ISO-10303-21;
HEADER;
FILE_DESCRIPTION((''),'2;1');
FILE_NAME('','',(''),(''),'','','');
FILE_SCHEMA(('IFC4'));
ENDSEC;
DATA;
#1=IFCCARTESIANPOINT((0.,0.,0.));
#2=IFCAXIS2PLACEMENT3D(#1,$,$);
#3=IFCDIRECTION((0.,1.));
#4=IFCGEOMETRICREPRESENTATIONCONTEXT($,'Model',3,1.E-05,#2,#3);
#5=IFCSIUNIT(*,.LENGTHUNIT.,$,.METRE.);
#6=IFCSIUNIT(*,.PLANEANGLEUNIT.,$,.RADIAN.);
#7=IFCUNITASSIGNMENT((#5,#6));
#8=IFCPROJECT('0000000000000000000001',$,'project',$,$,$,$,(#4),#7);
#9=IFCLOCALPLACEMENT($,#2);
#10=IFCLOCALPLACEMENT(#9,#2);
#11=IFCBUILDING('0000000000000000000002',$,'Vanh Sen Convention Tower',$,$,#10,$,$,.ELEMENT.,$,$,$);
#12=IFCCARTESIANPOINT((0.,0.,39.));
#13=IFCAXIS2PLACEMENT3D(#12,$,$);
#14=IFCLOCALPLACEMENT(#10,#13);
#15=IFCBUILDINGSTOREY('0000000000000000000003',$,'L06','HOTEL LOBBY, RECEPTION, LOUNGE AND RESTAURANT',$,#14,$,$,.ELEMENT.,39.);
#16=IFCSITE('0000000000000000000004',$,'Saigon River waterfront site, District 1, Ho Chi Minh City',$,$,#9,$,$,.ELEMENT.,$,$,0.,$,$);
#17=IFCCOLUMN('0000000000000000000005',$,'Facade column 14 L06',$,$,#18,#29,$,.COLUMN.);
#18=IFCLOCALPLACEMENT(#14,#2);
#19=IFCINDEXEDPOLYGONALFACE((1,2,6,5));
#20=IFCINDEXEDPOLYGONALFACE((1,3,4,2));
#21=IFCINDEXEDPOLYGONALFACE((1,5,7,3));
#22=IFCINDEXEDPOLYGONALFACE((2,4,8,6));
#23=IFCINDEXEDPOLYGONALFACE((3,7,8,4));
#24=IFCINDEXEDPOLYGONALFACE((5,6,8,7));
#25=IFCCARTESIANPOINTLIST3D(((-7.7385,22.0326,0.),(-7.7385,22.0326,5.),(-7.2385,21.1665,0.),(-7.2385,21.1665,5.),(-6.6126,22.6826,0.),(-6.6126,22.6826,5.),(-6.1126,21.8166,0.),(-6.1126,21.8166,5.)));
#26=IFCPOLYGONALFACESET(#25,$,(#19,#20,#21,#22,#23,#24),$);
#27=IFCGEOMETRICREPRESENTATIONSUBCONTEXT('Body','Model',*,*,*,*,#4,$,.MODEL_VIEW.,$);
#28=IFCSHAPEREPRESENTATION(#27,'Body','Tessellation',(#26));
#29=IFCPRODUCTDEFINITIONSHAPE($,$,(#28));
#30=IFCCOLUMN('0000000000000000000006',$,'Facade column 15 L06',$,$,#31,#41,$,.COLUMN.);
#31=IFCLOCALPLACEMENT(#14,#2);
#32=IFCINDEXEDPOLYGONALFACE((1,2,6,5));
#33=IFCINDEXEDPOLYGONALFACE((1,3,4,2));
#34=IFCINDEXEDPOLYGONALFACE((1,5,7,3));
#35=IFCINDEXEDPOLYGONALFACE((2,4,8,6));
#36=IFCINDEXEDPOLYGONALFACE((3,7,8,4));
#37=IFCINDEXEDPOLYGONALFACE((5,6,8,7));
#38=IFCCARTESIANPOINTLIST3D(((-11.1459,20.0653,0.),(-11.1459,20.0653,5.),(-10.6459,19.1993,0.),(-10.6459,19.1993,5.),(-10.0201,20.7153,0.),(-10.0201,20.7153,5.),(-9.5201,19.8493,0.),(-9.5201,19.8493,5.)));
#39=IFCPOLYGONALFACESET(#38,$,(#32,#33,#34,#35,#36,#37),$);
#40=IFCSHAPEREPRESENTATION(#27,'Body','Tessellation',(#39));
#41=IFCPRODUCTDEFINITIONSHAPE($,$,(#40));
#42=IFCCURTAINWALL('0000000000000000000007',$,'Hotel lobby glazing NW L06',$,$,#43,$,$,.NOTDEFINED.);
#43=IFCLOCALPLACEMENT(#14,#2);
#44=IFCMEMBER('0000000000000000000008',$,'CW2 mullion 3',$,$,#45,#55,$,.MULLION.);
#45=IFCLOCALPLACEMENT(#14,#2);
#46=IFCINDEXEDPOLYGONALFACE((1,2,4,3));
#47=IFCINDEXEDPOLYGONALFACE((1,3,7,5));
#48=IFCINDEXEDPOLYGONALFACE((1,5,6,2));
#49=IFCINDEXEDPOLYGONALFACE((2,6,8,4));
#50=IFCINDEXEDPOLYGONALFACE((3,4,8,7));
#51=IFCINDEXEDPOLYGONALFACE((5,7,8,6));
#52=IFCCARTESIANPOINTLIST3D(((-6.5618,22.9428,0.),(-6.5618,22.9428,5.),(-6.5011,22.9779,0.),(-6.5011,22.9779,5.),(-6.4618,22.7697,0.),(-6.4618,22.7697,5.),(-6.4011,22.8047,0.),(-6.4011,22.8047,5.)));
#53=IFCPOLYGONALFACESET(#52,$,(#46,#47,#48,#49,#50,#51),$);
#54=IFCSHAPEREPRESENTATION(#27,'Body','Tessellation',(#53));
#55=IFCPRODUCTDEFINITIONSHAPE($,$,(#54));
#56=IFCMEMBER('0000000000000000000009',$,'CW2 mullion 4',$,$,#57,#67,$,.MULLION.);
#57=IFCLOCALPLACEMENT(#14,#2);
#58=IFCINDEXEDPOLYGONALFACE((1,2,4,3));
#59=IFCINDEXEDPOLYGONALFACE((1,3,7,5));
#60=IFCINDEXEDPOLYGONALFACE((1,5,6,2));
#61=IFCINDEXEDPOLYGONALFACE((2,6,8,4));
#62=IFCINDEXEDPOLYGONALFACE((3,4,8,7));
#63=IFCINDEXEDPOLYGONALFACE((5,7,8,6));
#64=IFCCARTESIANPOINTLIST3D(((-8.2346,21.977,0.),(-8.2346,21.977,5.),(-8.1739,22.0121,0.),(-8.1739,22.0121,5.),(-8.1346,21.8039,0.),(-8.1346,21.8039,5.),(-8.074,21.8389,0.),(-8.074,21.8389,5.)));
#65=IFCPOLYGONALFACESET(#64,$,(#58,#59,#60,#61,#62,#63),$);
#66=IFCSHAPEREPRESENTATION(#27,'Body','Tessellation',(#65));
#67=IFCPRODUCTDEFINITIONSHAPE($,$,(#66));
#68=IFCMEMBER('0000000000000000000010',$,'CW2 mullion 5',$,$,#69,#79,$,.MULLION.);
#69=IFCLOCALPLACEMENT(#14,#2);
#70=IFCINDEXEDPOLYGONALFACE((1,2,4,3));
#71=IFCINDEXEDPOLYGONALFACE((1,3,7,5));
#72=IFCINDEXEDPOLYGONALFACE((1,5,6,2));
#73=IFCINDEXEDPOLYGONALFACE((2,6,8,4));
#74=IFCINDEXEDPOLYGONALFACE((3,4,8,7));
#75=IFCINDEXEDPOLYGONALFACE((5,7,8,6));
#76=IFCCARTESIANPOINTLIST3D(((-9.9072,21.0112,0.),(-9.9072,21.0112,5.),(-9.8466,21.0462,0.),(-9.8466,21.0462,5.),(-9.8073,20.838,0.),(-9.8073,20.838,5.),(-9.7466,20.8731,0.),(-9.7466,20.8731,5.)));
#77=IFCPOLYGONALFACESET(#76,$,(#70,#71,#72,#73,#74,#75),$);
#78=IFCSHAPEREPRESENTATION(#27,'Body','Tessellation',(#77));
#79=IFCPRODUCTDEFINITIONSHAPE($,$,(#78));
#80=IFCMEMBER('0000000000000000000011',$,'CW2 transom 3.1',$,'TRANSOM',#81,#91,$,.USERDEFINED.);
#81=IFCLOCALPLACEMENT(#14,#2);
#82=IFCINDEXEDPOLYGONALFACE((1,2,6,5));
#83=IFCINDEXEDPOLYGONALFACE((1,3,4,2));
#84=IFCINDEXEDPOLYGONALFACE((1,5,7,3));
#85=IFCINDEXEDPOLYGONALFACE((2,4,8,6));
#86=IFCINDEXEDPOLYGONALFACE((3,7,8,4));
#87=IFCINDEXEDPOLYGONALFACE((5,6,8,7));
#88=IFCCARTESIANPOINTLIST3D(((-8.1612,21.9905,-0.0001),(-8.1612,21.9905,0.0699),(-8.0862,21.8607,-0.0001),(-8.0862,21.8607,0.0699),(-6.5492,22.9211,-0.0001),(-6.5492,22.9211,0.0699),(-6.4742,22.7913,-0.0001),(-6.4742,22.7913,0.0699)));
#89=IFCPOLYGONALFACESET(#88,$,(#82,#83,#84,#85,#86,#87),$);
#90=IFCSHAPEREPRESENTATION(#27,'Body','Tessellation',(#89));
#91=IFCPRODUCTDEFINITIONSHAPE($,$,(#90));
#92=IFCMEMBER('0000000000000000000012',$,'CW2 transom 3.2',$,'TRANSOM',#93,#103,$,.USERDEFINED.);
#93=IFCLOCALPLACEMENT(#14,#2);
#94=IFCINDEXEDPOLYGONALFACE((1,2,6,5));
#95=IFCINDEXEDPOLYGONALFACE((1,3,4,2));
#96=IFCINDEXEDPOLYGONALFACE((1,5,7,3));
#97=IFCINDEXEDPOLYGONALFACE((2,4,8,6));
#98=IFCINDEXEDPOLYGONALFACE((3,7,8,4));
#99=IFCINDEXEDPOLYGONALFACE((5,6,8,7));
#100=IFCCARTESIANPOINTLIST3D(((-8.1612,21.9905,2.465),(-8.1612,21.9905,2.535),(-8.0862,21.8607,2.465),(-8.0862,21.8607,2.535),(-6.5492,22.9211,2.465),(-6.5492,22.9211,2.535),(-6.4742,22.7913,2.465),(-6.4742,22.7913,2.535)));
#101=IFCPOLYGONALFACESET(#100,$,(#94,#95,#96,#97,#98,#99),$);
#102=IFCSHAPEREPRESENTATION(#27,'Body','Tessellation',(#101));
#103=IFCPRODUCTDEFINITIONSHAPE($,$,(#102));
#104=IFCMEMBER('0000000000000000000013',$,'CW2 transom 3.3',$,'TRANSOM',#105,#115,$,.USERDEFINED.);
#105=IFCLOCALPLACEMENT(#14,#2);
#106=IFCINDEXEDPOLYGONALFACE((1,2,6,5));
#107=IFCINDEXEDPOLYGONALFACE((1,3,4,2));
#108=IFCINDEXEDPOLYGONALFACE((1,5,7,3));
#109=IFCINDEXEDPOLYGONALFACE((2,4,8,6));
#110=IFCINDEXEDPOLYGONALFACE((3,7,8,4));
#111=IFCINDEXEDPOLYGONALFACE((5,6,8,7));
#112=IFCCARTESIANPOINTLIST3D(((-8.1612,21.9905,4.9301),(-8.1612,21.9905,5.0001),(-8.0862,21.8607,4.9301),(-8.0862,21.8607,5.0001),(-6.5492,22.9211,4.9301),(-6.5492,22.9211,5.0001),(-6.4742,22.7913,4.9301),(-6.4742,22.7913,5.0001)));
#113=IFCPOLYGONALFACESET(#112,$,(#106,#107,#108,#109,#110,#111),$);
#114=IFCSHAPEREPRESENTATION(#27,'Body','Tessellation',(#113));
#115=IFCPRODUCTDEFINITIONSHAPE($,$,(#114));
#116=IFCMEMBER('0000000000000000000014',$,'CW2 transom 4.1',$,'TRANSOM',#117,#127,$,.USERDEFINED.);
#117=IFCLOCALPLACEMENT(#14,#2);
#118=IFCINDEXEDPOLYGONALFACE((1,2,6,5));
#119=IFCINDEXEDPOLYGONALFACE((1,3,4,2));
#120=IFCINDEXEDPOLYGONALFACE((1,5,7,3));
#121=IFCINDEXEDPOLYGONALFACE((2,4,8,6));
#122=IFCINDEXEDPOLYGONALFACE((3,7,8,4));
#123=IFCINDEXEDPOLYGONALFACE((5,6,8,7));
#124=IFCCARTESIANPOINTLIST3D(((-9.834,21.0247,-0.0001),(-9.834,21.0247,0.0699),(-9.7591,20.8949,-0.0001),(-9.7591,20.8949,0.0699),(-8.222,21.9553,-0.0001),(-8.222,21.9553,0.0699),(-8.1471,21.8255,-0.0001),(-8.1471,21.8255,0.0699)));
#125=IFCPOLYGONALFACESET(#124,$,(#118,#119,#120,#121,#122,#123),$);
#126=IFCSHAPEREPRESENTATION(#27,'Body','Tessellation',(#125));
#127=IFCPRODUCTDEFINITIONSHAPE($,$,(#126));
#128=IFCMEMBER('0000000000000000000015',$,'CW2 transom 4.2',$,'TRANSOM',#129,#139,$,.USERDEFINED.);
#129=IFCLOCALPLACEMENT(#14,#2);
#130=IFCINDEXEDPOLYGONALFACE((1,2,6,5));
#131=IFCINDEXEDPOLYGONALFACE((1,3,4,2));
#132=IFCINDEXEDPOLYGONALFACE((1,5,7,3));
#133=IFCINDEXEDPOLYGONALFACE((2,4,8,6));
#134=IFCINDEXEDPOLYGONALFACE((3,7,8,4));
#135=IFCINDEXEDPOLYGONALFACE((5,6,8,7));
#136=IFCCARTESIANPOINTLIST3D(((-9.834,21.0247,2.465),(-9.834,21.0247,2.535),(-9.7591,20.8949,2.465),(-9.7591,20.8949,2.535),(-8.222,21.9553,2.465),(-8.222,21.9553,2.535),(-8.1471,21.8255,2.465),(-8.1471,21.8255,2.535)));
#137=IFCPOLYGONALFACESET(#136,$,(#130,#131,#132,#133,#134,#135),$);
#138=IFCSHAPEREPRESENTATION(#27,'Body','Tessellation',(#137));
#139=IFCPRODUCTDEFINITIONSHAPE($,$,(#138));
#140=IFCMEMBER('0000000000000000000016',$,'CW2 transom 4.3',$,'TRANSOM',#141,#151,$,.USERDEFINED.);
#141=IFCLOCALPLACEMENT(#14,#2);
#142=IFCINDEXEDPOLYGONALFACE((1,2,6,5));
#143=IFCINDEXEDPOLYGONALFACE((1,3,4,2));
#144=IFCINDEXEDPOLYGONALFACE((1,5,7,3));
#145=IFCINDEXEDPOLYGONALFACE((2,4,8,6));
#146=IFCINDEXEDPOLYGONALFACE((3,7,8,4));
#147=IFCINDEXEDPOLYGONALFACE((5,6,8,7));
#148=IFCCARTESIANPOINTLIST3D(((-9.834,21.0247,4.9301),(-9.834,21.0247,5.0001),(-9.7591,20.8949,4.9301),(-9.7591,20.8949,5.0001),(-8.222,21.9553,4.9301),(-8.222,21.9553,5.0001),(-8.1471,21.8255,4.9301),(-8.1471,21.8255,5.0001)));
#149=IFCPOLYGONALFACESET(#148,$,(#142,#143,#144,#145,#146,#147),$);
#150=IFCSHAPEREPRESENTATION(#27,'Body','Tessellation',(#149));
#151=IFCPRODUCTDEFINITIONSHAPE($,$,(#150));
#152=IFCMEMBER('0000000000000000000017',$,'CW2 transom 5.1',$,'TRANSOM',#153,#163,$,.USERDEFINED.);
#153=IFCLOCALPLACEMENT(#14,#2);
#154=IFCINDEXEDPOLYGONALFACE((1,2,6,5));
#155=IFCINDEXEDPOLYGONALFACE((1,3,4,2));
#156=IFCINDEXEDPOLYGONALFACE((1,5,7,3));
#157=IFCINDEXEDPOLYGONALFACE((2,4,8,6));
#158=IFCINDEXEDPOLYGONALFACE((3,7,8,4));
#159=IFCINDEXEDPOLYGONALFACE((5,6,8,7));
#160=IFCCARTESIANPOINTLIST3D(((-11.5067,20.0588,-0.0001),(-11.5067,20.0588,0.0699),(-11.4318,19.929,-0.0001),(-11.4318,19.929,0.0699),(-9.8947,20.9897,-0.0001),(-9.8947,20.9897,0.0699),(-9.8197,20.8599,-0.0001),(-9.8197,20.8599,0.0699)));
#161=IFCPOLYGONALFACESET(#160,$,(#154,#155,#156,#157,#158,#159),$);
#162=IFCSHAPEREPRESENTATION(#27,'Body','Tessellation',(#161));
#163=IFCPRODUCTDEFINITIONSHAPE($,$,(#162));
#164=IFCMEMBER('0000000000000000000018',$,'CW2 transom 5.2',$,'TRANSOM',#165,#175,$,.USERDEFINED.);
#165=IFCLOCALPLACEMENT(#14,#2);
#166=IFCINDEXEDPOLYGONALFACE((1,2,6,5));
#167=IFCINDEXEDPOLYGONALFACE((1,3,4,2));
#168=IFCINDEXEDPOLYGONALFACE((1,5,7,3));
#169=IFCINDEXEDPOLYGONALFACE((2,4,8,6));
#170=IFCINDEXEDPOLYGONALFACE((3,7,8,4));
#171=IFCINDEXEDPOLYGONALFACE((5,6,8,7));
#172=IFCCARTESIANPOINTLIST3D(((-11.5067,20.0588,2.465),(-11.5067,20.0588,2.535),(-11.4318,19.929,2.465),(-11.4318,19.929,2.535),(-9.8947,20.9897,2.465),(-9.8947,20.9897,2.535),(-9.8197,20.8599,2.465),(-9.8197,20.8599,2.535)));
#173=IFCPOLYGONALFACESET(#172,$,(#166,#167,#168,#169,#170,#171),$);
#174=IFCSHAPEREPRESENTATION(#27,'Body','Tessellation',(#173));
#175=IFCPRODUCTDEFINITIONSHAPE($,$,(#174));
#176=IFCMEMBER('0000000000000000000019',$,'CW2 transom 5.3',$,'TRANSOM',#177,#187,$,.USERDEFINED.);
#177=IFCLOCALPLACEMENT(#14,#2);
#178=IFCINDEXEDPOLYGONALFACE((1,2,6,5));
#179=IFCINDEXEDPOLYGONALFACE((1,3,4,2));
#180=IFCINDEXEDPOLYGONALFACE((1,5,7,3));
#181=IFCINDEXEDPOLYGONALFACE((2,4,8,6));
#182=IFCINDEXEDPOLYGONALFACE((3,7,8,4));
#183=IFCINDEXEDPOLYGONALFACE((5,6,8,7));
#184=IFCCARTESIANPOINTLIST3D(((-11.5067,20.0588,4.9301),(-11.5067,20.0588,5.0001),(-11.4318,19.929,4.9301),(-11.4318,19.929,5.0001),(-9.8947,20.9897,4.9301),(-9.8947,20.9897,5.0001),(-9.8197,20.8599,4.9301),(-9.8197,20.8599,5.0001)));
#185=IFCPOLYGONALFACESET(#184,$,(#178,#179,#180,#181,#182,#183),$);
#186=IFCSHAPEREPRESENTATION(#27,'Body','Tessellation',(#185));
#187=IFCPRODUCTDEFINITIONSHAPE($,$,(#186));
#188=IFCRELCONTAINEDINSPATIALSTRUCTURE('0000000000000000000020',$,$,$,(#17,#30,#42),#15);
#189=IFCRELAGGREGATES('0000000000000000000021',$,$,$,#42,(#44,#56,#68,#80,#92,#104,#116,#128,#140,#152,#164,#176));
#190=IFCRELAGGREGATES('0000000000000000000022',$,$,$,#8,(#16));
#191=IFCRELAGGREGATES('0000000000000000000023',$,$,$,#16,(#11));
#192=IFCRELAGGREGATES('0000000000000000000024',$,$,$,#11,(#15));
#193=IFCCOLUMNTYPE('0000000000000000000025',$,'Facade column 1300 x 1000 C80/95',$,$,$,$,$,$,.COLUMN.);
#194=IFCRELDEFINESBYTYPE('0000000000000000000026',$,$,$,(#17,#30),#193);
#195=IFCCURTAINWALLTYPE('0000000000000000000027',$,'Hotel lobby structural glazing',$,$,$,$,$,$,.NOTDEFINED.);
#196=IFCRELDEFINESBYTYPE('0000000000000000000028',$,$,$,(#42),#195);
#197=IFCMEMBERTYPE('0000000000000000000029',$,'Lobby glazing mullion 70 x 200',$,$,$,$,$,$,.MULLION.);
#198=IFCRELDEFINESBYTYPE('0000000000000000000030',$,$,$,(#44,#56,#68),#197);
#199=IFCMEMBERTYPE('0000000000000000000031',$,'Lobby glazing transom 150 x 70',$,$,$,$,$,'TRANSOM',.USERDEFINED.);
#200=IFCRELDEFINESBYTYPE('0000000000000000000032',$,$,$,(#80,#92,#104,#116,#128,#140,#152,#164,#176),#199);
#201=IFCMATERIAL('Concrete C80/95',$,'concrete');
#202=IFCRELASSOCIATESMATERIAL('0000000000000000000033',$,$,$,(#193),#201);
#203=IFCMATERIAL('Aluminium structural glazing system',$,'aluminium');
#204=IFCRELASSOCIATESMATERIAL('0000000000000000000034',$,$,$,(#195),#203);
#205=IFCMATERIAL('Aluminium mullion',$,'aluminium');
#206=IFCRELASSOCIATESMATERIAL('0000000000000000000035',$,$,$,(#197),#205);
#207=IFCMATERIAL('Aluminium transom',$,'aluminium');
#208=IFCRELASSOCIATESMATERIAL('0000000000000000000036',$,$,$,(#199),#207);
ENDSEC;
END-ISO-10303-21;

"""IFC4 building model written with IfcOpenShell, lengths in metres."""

from ifc_helpers import new_model, si_unit, direction, frame, origin, origin_2d, place, context, subcontext, project, spatial, rectangle, extrude, material, material_profile, profile_set, type_object, element, aggregate, save


model = new_model("IFC4")

# Units and contexts
model_context = context("Model", 3, precision=1e-05, world=origin(), true_north=direction((0.0, 1.0)))
body_context = subcontext(model_context, "Body", "Model", "MODEL_VIEW")
ifc_project = project(units=[si_unit("LENGTHUNIT", "METRE"), si_unit("PLANEANGLEUNIT", "RADIAN")], contexts=[model_context])

# Site, building, storey
site_placement = place(None, origin())
site = spatial("IfcSite", under=ifc_project, at=site_placement, Name="Saigon River waterfront site, District 1, Ho Chi Minh City", CompositionType="ELEMENT", RefElevation=0.0)
building_placement = place(site_placement, origin())
building = spatial("IfcBuilding", under=site, at=building_placement, Name="Vanh Sen Convention Tower", CompositionType="ELEMENT")
storey_placement = place(building_placement, frame((0.0, 0.0, 39.0)))
storey = spatial("IfcBuildingStorey", under=building, at=storey_placement, Name="L06", Description="HOTEL LOBBY, RECEPTION, LOUNGE AND RESTAURANT", CompositionType="ELEMENT", Elevation=39.0)

# Columns
ifc_material_1 = material(Name="Concrete C80/95", Category="concrete")
ifc_material_profile_1 = material_profile(ifc_material_1, rectangle(XDim=1.3, YDim=1.0, at=origin_2d()), Name="RC 1300X1000")
ifc_profile_set_1 = profile_set([ifc_material_profile_1], Name="Concrete C80/95")
column_type = type_object("IfcColumnType", Name="Facade column 1300 x 1000 C80/95", PredefinedType="COLUMN", material=ifc_profile_set_1)
for number, where, z_axis, x_axis, name in (
    (1, (-6.9255, 21.9246, 0.0), (0.0, 0.0, 1.0), (-0.866025, -0.5, 0.0), "Facade column 14 L06"),
    (2, (-10.333, 19.9573, 0.0), (0.0, 0.0, 1.0), (-0.866025, -0.5, 0.0), "Facade column 15 L06"),
):
    element("IfcColumn", number, at=place(storey_placement, frame(where, z_axis=z_axis, x_axis=x_axis)), inside=storey, type_object=column_type, Name=name, PredefinedType="COLUMN", context=body_context, shape_type="SweptSolid", body=[
        extrude(rectangle(XDim=1.3, YDim=1.0, at=origin_2d()), origin(), (0.0, 0.0, 1.0), 5.0),
    ])

# Curtain wall, members
ifc_material_2 = material(Name="Aluminium structural glazing system", Category="aluminium")
curtain_wall_type_1 = type_object("IfcCurtainWallType", Name="Hotel lobby structural glazing", PredefinedType="NOTDEFINED", material=ifc_material_2)
curtain_wall_1_placement = place(storey_placement, origin())
curtain_wall_1 = element("IfcCurtainWall", 3, at=curtain_wall_1_placement, inside=storey, type_object=curtain_wall_type_1, Name="Hotel lobby glazing NW L06", PredefinedType="NOTDEFINED")
ifc_material_3 = material(Name="Aluminium mullion", Category="aluminium")
ifc_material_profile_2 = material_profile(ifc_material_3, rectangle(XDim=0.2, YDim=0.0701, at=origin_2d()), Name="Lobby glazing mullion 70 x 200")
ifc_profile_set_2 = profile_set([ifc_material_profile_2], Name="Aluminium mullion")
member_type_1 = type_object("IfcMemberType", Name="Lobby glazing mullion 70 x 200", PredefinedType="MULLION", material=ifc_profile_set_2)
member_1_placement = place(storey_placement, frame((-6.4814, 22.8738, 0.0), z_axis=(0.0, 0.0, 1.0), x_axis=(0.500001, -0.866025, 0.0)))
member_1 = element("IfcMember", 4, at=member_1_placement, type_object=member_type_1, Name="CW2 mullion 3", PredefinedType="MULLION", context=body_context, shape_type="SweptSolid", body=[
    extrude(rectangle(XDim=0.2, YDim=0.0701, at=origin_2d()), origin(), (0.0, 0.0, 1.0), 5.0),
])
member_2_placement = place(storey_placement, frame((-8.1543, 21.908, 0.0), z_axis=(0.0, 0.0, 1.0), x_axis=(0.500001, -0.866025, 0.0)))
member_2 = element("IfcMember", 5, at=member_2_placement, type_object=member_type_1, Name="CW2 mullion 4", PredefinedType="MULLION", context=body_context, shape_type="SweptSolid", body=[
    extrude(rectangle(XDim=0.2, YDim=0.0701, at=origin_2d()), origin(), (0.0, 0.0, 1.0), 5.0),
])
member_3_placement = place(storey_placement, frame((-9.8269, 20.9421, 0.0), z_axis=(0.0, 0.0, 1.0), x_axis=(0.500001, -0.866025, 0.0)))
member_3 = element("IfcMember", 6, at=member_3_placement, type_object=member_type_1, Name="CW2 mullion 5", PredefinedType="MULLION", context=body_context, shape_type="SweptSolid", body=[
    extrude(rectangle(XDim=0.2, YDim=0.0701, at=origin_2d()), origin(), (0.0, 0.0, 1.0), 5.0),
])
ifc_material_4 = material(Name="Aluminium transom", Category="aluminium")
ifc_material_profile_3 = material_profile(ifc_material_4, rectangle(XDim=0.1499, YDim=0.0701, at=origin_2d()), Name="Lobby glazing transom 150 x 70")
ifc_profile_set_3 = profile_set([ifc_material_profile_3], Name="Aluminium transom")
member_type_2 = type_object("IfcMemberType", Name="Lobby glazing transom 150 x 70", ElementType="TRANSOM", PredefinedType="USERDEFINED", material=ifc_profile_set_3)
member_4_placement = place(storey_placement, frame((-6.5117, 22.8562, 0.0349), z_axis=(-0.866039, -0.499976, 0.0), x_axis=(0.499976, -0.866039, 0.0)))
member_4 = element("IfcMember", 7, at=member_4_placement, type_object=member_type_2, Name="CW2 transom 3.1", ObjectType="TRANSOM", PredefinedType="USERDEFINED", context=body_context, shape_type="SweptSolid", body=[
    extrude(rectangle(XDim=0.1499, YDim=0.0701, at=origin_2d()), origin(), (0.0, 0.0, 1.0), 1.8613),
])
member_5_placement = place(storey_placement, frame((-6.5117, 22.8562, 2.5), z_axis=(-0.866039, -0.499976, 0.0), x_axis=(0.499976, -0.866039, 0.0)))
member_5 = element("IfcMember", 8, at=member_5_placement, type_object=member_type_2, Name="CW2 transom 3.2", ObjectType="TRANSOM", PredefinedType="USERDEFINED", context=body_context, shape_type="SweptSolid", body=[
    extrude(rectangle(XDim=0.1499, YDim=0.0701, at=origin_2d()), origin(), (0.0, 0.0, 1.0), 1.8613),
])
member_6_placement = place(storey_placement, frame((-6.5117, 22.8562, 4.9651), z_axis=(-0.866039, -0.499976, 0.0), x_axis=(0.499976, -0.866039, 0.0)))
member_6 = element("IfcMember", 9, at=member_6_placement, type_object=member_type_2, Name="CW2 transom 3.3", ObjectType="TRANSOM", PredefinedType="USERDEFINED", context=body_context, shape_type="SweptSolid", body=[
    extrude(rectangle(XDim=0.1499, YDim=0.0701, at=origin_2d()), origin(), (0.0, 0.0, 1.0), 1.8613),
])
member_7_placement = place(storey_placement, frame((-8.1846, 21.8904, 0.0349), z_axis=(-0.866039, -0.499976, 0.0), x_axis=(0.499976, -0.866039, 0.0)))
member_7 = element("IfcMember", 10, at=member_7_placement, type_object=member_type_2, Name="CW2 transom 4.1", ObjectType="TRANSOM", PredefinedType="USERDEFINED", context=body_context, shape_type="SweptSolid", body=[
    extrude(rectangle(XDim=0.1499, YDim=0.0701, at=origin_2d()), origin(), (0.0, 0.0, 1.0), 1.8613),
])
member_8_placement = place(storey_placement, frame((-8.1846, 21.8904, 2.5), z_axis=(-0.866039, -0.499976, 0.0), x_axis=(0.499976, -0.866039, 0.0)))
member_8 = element("IfcMember", 11, at=member_8_placement, type_object=member_type_2, Name="CW2 transom 4.2", ObjectType="TRANSOM", PredefinedType="USERDEFINED", context=body_context, shape_type="SweptSolid", body=[
    extrude(rectangle(XDim=0.1499, YDim=0.0701, at=origin_2d()), origin(), (0.0, 0.0, 1.0), 1.8613),
])
member_9_placement = place(storey_placement, frame((-8.1846, 21.8904, 4.9651), z_axis=(-0.866039, -0.499976, 0.0), x_axis=(0.499976, -0.866039, 0.0)))
member_9 = element("IfcMember", 12, at=member_9_placement, type_object=member_type_2, Name="CW2 transom 4.3", ObjectType="TRANSOM", PredefinedType="USERDEFINED", context=body_context, shape_type="SweptSolid", body=[
    extrude(rectangle(XDim=0.1499, YDim=0.0701, at=origin_2d()), origin(), (0.0, 0.0, 1.0), 1.8613),
])
member_10_placement = place(storey_placement, frame((-9.8572, 20.9248, 0.0349), z_axis=(-0.865982, -0.500074, 0.0), x_axis=(0.500074, -0.865982, 0.0)))
member_10 = element("IfcMember", 13, at=member_10_placement, type_object=member_type_2, Name="CW2 transom 5.1", ObjectType="TRANSOM", PredefinedType="USERDEFINED", context=body_context, shape_type="SweptSolid", body=[
    extrude(rectangle(XDim=0.1499, YDim=0.0701, at=origin_2d()), origin(), (0.0, 0.0, 1.0), 1.8616),
])
member_11_placement = place(storey_placement, frame((-9.8572, 20.9248, 2.5), z_axis=(-0.865982, -0.500074, 0.0), x_axis=(0.500074, -0.865982, 0.0)))
member_11 = element("IfcMember", 14, at=member_11_placement, type_object=member_type_2, Name="CW2 transom 5.2", ObjectType="TRANSOM", PredefinedType="USERDEFINED", context=body_context, shape_type="SweptSolid", body=[
    extrude(rectangle(XDim=0.1499, YDim=0.0701, at=origin_2d()), origin(), (0.0, 0.0, 1.0), 1.8616),
])
member_12_placement = place(storey_placement, frame((-9.8572, 20.9248, 4.9651), z_axis=(-0.865982, -0.500074, 0.0), x_axis=(0.500074, -0.865982, 0.0)))
member_12 = element("IfcMember", 15, at=member_12_placement, type_object=member_type_2, Name="CW2 transom 5.3", ObjectType="TRANSOM", PredefinedType="USERDEFINED", context=body_context, shape_type="SweptSolid", body=[
    extrude(rectangle(XDim=0.1499, YDim=0.0701, at=origin_2d()), origin(), (0.0, 0.0, 1.0), 1.8616),
])

aggregate(curtain_wall_1, [member_1, member_2, member_3, member_4, member_5, member_6, member_7, member_8, member_9, member_10, member_11, member_12])

save(model, "model.ifc")
